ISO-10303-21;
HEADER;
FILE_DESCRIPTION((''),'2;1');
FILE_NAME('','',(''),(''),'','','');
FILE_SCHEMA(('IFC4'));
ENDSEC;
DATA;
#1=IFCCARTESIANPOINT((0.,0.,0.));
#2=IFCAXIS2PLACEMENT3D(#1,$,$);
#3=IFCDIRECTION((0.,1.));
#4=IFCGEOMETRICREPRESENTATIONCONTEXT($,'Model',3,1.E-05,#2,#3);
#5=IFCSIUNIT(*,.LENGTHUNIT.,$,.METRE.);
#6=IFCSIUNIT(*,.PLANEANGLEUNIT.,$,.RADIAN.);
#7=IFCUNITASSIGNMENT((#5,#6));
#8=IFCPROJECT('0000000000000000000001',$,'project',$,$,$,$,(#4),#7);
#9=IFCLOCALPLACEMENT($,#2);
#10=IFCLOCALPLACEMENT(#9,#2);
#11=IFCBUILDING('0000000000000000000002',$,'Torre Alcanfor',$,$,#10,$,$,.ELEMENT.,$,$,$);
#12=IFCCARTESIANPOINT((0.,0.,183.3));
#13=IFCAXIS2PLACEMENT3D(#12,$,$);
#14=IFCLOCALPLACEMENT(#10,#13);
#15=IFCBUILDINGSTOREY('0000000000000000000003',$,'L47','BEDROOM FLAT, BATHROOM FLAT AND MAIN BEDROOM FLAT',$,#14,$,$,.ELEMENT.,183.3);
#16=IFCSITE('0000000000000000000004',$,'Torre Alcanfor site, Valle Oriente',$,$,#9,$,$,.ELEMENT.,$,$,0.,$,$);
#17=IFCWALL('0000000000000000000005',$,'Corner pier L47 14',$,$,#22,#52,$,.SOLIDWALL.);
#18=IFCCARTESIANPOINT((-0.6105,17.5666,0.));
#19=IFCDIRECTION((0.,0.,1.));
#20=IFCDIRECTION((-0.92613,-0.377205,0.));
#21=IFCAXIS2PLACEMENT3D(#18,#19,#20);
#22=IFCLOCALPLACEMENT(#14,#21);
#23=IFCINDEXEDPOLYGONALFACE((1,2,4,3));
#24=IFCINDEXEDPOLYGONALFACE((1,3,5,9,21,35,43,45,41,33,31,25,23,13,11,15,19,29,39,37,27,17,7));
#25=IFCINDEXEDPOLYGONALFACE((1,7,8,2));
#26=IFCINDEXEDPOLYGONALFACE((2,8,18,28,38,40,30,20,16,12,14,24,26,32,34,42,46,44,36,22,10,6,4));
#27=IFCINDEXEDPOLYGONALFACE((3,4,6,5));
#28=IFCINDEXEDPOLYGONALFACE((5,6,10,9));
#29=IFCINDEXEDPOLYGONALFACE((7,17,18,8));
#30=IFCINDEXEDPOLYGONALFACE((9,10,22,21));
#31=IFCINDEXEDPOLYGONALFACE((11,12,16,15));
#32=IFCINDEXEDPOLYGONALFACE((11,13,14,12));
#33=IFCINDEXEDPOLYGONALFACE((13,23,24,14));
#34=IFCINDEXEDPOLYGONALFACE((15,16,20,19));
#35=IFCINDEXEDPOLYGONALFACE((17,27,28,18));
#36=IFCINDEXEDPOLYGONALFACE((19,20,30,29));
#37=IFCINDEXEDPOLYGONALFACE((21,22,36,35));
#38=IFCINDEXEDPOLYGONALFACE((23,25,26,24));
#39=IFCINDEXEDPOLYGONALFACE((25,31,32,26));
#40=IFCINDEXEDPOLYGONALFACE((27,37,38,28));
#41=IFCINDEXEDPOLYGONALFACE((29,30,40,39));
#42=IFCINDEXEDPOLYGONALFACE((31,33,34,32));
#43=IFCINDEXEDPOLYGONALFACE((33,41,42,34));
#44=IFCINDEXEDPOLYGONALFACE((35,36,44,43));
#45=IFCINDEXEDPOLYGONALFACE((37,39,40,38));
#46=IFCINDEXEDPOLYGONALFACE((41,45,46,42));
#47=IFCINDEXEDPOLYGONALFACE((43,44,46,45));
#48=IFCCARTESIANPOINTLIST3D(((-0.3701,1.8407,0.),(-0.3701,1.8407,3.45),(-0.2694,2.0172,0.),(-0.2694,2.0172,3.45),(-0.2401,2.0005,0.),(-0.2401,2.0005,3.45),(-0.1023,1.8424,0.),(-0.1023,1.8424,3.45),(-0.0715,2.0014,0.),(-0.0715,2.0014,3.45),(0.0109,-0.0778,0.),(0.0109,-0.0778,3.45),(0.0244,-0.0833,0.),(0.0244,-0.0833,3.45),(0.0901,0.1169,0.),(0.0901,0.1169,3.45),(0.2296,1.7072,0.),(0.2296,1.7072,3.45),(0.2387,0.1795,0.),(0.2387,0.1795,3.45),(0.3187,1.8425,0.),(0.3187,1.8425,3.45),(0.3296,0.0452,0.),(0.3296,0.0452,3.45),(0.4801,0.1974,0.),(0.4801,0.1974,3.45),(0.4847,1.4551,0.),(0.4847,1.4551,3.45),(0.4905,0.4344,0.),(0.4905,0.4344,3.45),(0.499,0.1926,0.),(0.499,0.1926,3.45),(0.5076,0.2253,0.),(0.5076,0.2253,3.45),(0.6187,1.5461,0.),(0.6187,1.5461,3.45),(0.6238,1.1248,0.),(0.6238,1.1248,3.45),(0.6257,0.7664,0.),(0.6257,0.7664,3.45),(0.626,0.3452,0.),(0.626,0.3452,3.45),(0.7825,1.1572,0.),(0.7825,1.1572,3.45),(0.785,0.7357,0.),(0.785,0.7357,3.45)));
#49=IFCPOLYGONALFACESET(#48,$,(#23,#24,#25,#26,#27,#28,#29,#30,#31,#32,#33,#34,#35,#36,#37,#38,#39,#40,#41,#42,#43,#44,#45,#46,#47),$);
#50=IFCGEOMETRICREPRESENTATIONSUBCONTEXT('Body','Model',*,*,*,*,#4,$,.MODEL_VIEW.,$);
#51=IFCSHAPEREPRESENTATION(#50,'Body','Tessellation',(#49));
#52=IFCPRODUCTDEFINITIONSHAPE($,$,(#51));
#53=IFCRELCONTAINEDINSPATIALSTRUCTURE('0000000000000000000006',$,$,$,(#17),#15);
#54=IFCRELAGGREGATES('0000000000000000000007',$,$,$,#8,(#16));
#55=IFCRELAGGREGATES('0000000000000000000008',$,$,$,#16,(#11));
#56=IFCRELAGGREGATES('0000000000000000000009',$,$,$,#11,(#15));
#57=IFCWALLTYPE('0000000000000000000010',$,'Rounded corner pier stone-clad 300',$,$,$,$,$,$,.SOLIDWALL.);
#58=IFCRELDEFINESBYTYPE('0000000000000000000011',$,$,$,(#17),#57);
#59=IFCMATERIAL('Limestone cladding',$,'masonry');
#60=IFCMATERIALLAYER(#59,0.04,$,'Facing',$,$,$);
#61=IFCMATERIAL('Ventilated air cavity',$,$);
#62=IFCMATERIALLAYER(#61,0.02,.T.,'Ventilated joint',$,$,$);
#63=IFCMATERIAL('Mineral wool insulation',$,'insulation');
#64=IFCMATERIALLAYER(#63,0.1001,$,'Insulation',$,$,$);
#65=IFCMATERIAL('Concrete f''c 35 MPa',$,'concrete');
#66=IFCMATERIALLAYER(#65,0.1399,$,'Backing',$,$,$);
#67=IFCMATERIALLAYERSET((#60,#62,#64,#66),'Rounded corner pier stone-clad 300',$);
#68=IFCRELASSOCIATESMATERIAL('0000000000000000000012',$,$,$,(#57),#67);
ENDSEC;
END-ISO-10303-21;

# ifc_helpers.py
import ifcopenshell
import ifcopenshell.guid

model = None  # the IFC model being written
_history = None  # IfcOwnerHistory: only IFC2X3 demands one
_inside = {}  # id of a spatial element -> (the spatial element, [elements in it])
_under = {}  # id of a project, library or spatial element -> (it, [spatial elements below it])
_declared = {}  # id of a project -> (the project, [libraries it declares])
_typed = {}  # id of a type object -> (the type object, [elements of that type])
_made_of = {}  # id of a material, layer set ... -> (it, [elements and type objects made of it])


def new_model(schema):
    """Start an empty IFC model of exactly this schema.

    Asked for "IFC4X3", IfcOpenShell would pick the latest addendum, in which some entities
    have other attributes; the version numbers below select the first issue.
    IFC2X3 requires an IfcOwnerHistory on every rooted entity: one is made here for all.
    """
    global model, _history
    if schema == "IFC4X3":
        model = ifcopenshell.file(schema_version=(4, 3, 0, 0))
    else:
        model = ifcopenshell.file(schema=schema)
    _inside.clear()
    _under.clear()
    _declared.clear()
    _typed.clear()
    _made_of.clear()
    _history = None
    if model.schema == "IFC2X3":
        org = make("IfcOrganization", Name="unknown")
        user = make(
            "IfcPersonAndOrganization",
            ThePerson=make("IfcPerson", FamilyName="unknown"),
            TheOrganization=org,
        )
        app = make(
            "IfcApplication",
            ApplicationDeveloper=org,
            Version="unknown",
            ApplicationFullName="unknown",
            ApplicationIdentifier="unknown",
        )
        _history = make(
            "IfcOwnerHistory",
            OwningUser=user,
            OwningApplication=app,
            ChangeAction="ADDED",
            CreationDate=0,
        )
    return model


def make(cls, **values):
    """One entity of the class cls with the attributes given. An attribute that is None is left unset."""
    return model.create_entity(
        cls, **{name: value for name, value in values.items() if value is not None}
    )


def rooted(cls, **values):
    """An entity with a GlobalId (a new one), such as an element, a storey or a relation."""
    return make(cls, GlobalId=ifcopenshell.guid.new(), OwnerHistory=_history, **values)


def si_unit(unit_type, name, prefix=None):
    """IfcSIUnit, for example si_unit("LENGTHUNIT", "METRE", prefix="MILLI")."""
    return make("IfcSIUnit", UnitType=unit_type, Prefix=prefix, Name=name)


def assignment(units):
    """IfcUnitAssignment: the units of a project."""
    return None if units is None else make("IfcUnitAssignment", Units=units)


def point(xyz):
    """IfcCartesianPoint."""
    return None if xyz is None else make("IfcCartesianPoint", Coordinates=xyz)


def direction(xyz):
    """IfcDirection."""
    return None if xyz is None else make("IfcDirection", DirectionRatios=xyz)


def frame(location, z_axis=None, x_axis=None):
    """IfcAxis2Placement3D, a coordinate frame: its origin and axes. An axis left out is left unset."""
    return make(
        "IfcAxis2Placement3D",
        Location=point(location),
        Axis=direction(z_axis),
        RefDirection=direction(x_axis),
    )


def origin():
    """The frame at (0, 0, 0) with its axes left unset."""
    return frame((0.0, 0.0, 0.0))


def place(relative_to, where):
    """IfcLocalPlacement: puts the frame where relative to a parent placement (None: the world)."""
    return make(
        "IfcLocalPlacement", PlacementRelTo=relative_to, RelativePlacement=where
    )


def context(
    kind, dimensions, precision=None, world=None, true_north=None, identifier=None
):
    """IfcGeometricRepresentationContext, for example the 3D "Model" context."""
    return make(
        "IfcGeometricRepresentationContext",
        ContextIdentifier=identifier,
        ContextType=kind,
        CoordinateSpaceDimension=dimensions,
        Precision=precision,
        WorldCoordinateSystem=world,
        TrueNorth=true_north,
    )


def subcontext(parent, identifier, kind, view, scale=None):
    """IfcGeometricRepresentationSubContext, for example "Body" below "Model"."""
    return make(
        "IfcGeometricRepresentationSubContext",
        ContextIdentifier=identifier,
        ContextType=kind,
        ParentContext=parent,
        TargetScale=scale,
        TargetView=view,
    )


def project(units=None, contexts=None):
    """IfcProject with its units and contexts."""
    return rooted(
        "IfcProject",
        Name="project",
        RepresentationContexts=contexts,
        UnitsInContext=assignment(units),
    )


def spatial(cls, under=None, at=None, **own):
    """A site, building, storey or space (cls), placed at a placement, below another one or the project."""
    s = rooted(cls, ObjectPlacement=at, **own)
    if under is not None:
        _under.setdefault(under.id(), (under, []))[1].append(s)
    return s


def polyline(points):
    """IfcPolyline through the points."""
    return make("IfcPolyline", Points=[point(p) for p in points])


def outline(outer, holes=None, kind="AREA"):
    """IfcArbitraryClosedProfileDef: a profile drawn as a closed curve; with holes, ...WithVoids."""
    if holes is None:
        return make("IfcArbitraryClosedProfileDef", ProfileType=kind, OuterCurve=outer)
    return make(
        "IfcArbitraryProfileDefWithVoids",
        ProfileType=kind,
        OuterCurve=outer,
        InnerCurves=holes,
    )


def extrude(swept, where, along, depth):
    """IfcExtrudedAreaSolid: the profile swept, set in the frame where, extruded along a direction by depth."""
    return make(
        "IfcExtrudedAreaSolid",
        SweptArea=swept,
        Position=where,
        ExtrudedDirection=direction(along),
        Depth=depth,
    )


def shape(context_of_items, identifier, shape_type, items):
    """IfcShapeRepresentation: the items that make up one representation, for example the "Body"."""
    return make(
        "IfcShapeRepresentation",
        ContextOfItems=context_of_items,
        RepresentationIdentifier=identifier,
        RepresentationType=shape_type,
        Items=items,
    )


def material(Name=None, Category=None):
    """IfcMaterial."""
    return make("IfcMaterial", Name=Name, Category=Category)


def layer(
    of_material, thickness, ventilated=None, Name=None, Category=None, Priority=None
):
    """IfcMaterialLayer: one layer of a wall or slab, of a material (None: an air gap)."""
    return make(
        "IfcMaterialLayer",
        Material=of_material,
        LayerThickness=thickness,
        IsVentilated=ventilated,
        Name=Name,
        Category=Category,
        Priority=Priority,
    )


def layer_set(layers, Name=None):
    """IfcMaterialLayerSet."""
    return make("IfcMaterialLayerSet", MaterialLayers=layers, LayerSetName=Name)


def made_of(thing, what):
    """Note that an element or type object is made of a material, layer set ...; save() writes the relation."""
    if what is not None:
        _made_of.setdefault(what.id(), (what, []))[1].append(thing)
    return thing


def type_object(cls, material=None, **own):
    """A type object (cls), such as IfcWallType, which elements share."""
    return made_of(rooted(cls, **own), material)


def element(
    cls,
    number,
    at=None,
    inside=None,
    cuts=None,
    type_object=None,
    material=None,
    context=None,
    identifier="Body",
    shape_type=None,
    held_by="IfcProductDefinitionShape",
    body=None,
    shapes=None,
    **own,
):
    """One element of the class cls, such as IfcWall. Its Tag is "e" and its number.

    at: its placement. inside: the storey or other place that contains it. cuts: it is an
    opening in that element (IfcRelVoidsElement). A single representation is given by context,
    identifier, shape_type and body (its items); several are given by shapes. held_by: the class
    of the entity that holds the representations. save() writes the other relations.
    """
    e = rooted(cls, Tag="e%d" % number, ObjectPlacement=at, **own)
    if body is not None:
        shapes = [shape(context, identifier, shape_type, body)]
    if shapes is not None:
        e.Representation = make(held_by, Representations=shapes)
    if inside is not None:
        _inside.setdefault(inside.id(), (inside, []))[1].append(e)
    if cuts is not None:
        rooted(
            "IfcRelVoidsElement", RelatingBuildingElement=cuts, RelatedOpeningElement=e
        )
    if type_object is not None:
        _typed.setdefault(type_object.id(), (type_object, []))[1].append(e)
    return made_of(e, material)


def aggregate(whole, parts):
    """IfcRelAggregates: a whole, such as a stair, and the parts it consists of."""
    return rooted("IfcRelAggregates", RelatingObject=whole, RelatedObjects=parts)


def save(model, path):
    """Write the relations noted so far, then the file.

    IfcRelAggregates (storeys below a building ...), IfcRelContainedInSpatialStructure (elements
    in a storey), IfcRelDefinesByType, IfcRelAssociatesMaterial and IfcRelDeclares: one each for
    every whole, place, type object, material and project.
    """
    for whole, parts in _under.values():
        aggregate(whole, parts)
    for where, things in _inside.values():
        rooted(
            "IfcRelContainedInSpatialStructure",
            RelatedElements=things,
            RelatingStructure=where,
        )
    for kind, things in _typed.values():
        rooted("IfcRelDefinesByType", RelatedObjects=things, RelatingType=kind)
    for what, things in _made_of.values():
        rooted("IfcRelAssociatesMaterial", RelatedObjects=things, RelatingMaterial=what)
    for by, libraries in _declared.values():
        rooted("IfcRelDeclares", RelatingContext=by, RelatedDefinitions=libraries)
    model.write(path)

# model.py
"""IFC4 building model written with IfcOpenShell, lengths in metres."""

from ifc_helpers import new_model, si_unit, direction, frame, origin, place, context, subcontext, project, spatial, polyline, outline, extrude, material, layer, layer_set, type_object, element, save


model = new_model("IFC4")

# Units and contexts
model_context = context("Model", 3, precision=1e-05, world=origin(), true_north=direction((0.0, 1.0)))
body_context = subcontext(model_context, "Body", "Model", "MODEL_VIEW")
ifc_project = project(units=[si_unit("LENGTHUNIT", "METRE"), si_unit("PLANEANGLEUNIT", "RADIAN")], contexts=[model_context])

# Site, building, storey
site_placement = place(None, origin())
site = spatial("IfcSite", under=ifc_project, at=site_placement, Name="Torre Alcanfor site, Valle Oriente", CompositionType="ELEMENT", RefElevation=0.0)
building_placement = place(site_placement, origin())
building = spatial("IfcBuilding", under=site, at=building_placement, Name="Torre Alcanfor", CompositionType="ELEMENT")
storey_placement = place(building_placement, frame((0.0, 0.0, 183.3)))
storey = spatial("IfcBuildingStorey", under=building, at=storey_placement, Name="L47", Description="BEDROOM FLAT, BATHROOM FLAT AND MAIN BEDROOM FLAT", CompositionType="ELEMENT", Elevation=183.3)

# Shared definitions
ifc_material_1 = material(Name="Limestone cladding", Category="masonry")
ifc_material_2 = material(Name="Ventilated air cavity")
ifc_material_3 = material(Name="Mineral wool insulation", Category="insulation")
ifc_material_4 = material(Name="Concrete f'c 35 MPa", Category="concrete")

# Wall
ifc_layer_1 = layer(ifc_material_1, 0.04, Name="Facing")
ifc_layer_2 = layer(ifc_material_2, 0.02, ventilated=True, Name="Ventilated joint")
ifc_layer_3 = layer(ifc_material_3, 0.1001, Name="Insulation")
ifc_layer_4 = layer(ifc_material_4, 0.1399, Name="Backing")
ifc_layer_set_1 = layer_set([ifc_layer_1, ifc_layer_2, ifc_layer_3, ifc_layer_4], Name="Rounded corner pier stone-clad 300")
wall_type_1 = type_object("IfcWallType", Name="Rounded corner pier stone-clad 300", PredefinedType="SOLIDWALL", material=ifc_layer_set_1)
wall_1_placement = place(storey_placement, frame((-0.6105, 17.5666, 0.0), z_axis=(0.0, 0.0, 1.0), x_axis=(-0.92613, -0.377205, 0.0)))
element("IfcWall", 1, at=wall_1_placement, inside=storey, type_object=wall_type_1, Name="Corner pier L47 14", PredefinedType="SOLIDWALL", context=body_context, shape_type="SweptSolid", body=[
    extrude(outline(polyline([(-0.2694, 2.0172), (-0.3701, 1.8407), (-0.1023, 1.8424), (0.2296, 1.7072), (0.4847, 1.4551), (0.6238, 1.1248), (0.6257, 0.7664), (0.4905, 0.4344), (0.2387, 0.1795), (0.0901, 0.1169), (0.0109, -0.0778), (0.0244, -0.0833), (0.3296, 0.0452), (0.4801, 0.1974), (0.499, 0.1926), (0.5076, 0.2253), (0.626, 0.3452), (0.785, 0.7357), (0.7825, 1.1572), (0.6187, 1.5461), (0.3187, 1.8425), (-0.0715, 2.0014), (-0.2401, 2.0005), (-0.2694, 2.0172)])), origin(), (0.0, 0.0, 1.0), 3.45),
])

save(model, "model.ifc")
